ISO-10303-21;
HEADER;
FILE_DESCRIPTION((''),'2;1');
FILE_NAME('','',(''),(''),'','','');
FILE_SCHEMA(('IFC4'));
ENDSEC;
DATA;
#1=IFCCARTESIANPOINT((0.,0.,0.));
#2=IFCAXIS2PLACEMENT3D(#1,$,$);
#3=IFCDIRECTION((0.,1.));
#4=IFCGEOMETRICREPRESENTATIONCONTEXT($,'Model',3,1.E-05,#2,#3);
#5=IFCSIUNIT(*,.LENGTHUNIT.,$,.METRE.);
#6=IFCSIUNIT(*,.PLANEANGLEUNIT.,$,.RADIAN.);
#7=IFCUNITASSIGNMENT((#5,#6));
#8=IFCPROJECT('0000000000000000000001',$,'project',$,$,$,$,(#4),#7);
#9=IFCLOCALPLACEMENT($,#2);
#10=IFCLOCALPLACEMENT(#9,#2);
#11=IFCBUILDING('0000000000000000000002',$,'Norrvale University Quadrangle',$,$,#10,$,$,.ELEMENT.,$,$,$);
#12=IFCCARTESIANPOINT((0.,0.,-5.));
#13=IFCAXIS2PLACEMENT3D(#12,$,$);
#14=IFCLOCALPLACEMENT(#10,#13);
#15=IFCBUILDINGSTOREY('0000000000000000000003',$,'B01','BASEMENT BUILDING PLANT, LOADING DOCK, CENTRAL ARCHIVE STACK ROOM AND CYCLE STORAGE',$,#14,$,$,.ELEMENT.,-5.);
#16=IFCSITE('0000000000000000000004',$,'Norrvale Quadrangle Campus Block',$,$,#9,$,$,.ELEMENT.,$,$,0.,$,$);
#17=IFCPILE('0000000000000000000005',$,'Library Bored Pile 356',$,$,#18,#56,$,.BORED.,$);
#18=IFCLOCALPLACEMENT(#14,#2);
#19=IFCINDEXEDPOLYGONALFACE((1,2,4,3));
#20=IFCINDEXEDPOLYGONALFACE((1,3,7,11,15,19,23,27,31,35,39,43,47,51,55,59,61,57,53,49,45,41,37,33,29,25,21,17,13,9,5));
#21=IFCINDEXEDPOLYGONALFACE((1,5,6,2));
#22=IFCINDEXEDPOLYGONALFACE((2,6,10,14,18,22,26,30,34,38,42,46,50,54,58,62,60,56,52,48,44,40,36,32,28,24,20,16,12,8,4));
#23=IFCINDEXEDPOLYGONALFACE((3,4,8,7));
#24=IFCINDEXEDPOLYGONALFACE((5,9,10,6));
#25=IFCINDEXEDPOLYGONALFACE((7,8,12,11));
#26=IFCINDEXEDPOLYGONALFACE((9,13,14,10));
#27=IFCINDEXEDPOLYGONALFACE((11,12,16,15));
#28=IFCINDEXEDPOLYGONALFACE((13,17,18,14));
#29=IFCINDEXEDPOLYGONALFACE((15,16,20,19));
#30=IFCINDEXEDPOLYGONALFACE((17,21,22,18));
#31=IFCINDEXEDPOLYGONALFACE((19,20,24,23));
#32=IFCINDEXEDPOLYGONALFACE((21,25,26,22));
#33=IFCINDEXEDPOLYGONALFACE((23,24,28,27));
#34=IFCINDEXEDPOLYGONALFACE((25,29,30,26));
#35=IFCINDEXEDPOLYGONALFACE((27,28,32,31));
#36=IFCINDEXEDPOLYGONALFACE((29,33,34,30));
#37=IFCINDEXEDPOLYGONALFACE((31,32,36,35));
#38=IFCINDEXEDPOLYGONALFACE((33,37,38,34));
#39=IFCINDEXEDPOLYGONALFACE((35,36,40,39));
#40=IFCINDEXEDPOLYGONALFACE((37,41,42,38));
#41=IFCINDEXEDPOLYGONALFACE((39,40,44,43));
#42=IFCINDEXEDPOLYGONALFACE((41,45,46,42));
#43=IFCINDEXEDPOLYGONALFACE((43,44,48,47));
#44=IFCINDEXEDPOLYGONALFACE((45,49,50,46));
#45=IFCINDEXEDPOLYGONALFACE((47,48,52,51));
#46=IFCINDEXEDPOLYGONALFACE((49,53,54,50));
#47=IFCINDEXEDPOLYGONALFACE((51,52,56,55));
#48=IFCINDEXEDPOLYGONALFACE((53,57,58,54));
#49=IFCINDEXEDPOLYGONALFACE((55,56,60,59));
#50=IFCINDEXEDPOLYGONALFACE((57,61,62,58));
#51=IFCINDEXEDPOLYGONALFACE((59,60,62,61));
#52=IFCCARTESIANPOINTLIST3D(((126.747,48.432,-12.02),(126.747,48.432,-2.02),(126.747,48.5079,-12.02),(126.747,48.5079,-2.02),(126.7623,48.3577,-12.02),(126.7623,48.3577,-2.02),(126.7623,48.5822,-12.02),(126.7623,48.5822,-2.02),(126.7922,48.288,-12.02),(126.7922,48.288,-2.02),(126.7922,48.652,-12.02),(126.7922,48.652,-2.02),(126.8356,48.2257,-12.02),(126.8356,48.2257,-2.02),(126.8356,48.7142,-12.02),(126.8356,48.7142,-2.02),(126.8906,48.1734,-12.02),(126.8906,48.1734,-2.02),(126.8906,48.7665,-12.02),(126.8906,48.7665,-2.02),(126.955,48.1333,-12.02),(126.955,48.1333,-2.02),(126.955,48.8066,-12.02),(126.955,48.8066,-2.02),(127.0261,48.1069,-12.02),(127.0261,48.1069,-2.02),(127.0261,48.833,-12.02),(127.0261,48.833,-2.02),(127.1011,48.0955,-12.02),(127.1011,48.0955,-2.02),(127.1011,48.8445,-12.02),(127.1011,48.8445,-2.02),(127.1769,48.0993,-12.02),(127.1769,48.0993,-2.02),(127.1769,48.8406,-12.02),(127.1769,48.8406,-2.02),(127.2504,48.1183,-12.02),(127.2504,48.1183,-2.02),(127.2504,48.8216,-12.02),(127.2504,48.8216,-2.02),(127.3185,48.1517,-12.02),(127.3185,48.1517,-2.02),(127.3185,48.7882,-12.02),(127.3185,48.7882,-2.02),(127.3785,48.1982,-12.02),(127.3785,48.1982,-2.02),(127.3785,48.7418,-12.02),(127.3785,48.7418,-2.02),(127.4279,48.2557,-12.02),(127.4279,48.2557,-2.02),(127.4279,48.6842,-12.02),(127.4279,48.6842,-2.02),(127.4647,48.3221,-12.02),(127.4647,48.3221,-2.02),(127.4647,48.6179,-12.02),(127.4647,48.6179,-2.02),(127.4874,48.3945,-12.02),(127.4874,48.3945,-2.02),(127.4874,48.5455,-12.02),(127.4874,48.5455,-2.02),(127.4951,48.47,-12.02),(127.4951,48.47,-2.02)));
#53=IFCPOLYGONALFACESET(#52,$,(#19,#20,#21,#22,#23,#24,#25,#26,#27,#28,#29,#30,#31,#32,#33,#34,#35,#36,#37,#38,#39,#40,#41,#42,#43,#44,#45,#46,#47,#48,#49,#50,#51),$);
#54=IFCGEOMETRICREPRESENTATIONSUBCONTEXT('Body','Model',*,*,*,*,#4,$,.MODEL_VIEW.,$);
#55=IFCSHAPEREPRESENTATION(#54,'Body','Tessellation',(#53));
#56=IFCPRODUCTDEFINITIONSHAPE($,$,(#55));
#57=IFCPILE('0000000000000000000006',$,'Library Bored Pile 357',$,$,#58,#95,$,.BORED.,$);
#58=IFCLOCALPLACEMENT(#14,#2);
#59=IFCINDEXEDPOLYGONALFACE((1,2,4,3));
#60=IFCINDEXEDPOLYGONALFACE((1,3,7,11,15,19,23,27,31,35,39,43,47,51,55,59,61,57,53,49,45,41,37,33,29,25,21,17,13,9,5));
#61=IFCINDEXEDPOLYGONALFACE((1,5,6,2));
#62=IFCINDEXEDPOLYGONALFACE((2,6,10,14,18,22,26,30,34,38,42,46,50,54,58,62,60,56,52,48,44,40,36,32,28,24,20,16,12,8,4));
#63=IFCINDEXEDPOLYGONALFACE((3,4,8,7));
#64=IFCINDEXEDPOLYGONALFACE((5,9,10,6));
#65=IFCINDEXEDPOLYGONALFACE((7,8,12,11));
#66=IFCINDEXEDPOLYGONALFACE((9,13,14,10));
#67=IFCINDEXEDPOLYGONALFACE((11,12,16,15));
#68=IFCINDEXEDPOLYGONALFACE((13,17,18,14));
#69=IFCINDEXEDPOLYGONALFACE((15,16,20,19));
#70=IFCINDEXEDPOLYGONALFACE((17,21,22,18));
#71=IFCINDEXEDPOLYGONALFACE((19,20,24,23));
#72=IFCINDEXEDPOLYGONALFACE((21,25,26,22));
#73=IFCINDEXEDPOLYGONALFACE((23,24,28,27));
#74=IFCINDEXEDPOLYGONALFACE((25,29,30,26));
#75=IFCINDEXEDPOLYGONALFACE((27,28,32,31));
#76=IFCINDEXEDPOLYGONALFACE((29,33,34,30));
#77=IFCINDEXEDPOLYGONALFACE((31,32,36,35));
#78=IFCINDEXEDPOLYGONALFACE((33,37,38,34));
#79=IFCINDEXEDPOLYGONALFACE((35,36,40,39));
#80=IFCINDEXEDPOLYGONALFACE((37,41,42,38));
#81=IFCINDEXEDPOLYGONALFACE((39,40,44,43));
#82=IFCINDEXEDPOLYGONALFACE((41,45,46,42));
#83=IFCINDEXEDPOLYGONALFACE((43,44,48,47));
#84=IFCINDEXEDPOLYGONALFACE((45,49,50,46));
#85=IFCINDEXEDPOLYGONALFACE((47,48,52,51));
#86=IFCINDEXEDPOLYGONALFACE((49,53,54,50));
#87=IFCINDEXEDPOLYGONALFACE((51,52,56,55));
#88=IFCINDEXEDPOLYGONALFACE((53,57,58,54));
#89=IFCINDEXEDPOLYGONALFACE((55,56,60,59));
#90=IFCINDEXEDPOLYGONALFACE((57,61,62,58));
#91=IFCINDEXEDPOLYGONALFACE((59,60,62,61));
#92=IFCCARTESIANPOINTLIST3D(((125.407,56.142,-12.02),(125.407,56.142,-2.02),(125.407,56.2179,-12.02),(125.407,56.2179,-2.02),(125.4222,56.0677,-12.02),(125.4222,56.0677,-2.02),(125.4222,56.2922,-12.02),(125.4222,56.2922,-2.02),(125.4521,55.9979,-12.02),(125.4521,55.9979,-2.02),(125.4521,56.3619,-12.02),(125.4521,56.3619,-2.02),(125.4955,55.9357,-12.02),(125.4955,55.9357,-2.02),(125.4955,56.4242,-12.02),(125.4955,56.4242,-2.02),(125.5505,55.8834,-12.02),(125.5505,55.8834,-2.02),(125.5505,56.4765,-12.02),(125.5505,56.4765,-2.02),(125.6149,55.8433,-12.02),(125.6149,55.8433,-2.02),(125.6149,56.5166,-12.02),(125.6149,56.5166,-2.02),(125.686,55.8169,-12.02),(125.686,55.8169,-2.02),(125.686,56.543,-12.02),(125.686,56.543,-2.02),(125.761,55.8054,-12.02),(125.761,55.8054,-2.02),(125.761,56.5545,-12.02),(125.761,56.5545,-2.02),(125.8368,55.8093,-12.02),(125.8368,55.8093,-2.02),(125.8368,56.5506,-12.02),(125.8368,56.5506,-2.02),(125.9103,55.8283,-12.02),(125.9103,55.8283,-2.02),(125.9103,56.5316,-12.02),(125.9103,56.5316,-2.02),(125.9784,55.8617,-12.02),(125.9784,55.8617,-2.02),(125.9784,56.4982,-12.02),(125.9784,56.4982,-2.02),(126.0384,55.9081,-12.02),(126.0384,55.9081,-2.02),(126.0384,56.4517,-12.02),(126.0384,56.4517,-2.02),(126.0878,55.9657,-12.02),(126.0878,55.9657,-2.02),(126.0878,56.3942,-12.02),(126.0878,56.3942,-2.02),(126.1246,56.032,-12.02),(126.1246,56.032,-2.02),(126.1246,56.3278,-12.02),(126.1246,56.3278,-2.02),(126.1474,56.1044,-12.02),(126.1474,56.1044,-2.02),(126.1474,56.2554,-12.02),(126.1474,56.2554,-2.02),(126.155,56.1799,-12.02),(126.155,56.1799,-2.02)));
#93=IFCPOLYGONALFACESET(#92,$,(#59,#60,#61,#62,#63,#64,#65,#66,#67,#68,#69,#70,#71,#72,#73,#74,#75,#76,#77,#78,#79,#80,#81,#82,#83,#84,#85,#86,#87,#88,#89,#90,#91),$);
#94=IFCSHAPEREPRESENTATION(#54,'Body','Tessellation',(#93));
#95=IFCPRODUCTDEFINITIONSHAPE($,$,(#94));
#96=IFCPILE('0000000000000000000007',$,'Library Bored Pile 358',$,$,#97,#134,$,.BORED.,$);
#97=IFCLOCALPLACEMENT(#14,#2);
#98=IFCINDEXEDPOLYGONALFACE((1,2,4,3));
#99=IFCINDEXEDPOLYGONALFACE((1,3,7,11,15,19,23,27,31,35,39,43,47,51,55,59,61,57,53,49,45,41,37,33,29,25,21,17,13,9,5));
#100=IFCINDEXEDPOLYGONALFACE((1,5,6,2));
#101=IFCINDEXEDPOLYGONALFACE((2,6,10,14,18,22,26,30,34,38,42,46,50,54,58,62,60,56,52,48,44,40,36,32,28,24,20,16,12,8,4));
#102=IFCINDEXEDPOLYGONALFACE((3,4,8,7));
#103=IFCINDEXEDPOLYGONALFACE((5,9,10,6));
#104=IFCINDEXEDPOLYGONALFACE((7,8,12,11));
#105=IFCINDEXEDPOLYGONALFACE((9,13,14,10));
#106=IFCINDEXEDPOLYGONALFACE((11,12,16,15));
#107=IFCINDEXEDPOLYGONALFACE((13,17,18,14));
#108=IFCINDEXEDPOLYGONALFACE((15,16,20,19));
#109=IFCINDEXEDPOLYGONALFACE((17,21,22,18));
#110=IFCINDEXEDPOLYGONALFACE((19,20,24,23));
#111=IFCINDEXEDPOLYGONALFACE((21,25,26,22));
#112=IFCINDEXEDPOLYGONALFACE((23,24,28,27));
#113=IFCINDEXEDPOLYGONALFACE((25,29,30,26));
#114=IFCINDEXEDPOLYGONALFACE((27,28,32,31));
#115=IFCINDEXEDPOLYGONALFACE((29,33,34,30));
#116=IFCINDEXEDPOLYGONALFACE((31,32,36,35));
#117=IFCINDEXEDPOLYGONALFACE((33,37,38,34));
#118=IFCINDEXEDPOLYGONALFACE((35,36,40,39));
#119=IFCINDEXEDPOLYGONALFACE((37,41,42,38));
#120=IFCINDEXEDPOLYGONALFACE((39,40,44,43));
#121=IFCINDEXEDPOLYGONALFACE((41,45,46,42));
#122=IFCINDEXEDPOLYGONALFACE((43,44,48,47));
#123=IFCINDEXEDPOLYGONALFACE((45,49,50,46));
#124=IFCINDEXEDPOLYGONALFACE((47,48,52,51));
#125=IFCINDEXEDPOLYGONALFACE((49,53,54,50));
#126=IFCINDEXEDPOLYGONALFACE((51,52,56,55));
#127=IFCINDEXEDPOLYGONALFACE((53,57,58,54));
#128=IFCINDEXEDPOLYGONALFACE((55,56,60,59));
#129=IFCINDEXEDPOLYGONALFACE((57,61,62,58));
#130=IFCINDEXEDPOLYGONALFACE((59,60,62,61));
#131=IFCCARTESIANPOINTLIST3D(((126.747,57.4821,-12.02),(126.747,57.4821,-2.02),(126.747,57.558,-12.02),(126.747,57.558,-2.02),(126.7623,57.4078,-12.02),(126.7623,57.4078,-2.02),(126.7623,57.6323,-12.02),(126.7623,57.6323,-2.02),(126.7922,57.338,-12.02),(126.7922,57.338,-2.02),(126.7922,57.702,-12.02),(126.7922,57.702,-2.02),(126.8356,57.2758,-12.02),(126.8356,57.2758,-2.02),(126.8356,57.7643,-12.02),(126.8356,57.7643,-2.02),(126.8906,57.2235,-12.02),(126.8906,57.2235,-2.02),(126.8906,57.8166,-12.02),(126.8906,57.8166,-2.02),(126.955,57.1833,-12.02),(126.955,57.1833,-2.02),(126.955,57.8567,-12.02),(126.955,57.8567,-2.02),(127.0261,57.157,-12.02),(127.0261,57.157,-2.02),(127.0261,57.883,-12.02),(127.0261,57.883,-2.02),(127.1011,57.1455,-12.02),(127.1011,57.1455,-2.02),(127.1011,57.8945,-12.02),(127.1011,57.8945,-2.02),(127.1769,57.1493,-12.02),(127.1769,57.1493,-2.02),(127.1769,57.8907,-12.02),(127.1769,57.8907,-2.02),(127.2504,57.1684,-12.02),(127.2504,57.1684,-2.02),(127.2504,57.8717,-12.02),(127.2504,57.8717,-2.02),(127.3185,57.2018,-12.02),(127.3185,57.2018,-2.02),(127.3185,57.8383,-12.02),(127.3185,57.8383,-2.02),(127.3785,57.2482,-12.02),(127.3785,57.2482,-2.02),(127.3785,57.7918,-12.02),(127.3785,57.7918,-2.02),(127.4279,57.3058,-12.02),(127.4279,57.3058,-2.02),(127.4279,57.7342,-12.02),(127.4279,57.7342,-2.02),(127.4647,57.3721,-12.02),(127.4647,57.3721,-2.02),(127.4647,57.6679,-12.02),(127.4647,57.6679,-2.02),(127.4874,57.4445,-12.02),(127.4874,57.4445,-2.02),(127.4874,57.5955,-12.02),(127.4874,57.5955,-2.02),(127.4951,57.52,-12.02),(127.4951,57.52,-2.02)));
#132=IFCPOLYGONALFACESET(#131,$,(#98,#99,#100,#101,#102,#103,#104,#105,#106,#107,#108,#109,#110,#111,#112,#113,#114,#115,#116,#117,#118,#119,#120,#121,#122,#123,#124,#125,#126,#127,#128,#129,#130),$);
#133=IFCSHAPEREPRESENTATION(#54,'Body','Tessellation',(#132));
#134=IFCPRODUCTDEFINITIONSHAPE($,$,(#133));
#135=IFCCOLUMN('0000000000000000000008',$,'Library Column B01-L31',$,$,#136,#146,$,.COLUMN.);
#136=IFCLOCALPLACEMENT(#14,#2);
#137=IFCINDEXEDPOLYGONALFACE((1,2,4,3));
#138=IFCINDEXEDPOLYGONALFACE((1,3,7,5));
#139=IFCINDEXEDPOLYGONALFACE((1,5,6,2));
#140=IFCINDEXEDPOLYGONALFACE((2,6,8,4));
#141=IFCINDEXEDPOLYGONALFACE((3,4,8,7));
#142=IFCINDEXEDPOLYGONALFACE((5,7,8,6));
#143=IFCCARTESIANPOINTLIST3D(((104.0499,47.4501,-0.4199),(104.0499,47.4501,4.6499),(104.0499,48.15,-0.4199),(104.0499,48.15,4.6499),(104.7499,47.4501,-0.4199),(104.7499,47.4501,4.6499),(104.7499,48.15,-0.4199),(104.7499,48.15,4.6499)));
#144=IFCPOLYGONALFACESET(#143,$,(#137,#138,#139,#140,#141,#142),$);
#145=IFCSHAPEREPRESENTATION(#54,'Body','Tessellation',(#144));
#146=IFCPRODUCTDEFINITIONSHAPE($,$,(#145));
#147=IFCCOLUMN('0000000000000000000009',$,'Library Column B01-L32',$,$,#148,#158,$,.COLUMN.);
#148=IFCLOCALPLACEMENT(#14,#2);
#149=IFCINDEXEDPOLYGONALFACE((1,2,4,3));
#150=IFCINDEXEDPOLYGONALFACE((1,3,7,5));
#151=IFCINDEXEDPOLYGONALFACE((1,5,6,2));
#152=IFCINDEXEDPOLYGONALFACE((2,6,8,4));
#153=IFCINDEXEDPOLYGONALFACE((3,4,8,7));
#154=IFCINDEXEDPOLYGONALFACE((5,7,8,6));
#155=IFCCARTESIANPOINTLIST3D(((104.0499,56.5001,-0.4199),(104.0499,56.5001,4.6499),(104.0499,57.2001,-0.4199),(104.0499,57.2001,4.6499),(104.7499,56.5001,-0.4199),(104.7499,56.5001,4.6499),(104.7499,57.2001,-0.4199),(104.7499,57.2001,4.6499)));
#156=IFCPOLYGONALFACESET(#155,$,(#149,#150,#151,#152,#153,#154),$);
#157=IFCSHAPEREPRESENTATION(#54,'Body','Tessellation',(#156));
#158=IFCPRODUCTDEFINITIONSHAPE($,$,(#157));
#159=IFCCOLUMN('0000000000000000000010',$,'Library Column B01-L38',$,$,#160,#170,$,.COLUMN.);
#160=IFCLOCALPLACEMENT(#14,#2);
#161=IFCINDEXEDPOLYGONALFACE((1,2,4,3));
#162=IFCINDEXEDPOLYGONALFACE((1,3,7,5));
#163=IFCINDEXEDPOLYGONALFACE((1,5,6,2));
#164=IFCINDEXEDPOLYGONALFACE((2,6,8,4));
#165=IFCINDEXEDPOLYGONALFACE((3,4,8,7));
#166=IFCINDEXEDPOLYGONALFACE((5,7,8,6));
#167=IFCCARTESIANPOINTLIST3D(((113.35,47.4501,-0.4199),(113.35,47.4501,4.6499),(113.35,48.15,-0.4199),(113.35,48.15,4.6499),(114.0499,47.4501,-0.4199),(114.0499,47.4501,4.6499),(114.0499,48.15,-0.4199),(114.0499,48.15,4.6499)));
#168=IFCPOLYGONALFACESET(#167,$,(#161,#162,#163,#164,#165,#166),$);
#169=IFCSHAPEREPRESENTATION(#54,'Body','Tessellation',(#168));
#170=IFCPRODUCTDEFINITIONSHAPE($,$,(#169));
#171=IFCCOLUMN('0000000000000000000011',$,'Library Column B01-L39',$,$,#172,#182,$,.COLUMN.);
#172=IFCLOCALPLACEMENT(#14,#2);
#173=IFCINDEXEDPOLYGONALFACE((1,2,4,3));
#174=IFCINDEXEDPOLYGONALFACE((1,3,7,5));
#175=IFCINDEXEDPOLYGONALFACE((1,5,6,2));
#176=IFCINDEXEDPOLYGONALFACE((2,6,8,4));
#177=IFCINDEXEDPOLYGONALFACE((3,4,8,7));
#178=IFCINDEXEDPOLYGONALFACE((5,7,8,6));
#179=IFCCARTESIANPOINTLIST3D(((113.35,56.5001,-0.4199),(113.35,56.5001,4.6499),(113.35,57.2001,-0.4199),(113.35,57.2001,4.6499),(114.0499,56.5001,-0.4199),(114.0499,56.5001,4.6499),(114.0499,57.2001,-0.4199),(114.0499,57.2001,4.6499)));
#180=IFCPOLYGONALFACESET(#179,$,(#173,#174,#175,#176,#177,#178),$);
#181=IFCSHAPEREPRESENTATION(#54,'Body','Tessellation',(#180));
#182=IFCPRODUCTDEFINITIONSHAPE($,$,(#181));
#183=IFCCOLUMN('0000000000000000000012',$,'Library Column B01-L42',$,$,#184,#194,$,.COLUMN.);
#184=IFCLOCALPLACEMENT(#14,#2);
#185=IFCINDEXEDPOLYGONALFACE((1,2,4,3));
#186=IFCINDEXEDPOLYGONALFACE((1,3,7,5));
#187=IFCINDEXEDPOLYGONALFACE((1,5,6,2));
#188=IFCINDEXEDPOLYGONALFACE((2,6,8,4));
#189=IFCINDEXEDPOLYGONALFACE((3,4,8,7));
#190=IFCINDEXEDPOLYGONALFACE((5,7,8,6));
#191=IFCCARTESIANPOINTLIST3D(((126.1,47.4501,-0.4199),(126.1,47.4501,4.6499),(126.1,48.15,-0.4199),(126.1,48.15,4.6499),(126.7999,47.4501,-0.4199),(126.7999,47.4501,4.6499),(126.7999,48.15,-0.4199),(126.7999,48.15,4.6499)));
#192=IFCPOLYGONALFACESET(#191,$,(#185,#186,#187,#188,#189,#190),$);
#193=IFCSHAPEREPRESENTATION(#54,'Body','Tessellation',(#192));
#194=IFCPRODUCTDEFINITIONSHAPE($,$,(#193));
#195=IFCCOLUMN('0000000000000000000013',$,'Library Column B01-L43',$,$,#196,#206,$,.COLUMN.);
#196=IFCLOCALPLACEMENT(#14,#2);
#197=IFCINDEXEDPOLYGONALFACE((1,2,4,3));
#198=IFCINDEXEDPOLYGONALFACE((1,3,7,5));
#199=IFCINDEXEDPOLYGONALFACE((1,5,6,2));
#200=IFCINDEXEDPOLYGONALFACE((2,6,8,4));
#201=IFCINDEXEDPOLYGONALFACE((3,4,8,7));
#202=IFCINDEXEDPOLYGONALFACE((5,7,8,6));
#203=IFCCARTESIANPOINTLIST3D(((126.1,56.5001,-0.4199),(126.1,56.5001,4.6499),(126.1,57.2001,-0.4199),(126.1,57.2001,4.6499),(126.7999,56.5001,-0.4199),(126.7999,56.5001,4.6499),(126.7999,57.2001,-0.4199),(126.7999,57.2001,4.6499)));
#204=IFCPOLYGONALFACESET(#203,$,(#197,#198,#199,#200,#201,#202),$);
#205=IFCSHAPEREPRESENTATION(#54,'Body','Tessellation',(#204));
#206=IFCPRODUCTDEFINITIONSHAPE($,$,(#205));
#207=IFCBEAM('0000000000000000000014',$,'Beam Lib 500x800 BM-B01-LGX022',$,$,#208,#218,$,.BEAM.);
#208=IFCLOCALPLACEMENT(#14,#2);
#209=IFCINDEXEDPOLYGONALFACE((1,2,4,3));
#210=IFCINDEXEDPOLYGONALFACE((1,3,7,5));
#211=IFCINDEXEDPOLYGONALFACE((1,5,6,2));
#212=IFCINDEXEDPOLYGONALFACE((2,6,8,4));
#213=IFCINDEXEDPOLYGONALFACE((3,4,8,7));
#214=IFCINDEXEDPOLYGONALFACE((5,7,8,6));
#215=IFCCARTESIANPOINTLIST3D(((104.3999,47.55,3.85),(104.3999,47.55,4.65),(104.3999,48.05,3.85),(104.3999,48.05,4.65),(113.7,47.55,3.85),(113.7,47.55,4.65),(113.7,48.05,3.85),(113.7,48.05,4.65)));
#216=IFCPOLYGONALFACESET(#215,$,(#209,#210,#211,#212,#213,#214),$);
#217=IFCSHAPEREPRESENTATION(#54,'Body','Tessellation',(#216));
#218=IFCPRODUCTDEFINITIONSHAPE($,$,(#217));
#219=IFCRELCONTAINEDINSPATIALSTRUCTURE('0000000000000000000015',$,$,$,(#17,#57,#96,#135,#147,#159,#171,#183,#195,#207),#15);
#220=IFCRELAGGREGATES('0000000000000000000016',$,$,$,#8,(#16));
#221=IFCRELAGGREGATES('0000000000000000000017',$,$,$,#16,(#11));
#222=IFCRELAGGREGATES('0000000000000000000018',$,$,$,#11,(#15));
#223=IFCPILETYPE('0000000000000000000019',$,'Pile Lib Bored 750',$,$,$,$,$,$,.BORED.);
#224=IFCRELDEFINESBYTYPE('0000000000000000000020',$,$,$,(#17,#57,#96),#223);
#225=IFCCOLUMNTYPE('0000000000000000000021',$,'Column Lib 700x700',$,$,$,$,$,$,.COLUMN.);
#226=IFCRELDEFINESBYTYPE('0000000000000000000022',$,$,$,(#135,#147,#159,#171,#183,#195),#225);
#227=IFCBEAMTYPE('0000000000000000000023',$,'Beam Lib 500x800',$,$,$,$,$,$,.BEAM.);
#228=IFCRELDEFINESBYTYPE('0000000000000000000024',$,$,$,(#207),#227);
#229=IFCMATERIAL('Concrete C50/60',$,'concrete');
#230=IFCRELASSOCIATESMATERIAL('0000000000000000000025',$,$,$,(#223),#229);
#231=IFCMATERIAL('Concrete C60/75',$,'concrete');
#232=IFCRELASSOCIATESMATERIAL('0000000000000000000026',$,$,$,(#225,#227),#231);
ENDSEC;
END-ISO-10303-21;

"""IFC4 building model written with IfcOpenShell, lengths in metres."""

from ifc_helpers import new_model, si_unit, direction, frame, origin, origin_2d, place, context, subcontext, project, spatial, rectangle, circle, extrude, material, material_profile, profile_set, type_object, element, save


model = new_model("IFC4")

# Units and contexts
model_context = context("Model", 3, precision=1e-05, world=origin(), true_north=direction((0.0, 1.0)))
body_context = subcontext(model_context, "Body", "Model", "MODEL_VIEW")
ifc_project = project(units=[si_unit("LENGTHUNIT", "METRE"), si_unit("PLANEANGLEUNIT", "RADIAN")], contexts=[model_context])

# Site, building, storey
site_placement = place(None, origin())
site = spatial("IfcSite", under=ifc_project, at=site_placement, Name="Norrvale Quadrangle Campus Block", CompositionType="ELEMENT", RefElevation=0.0)
building_placement = place(site_placement, origin())
building = spatial("IfcBuilding", under=site, at=building_placement, Name="Norrvale University Quadrangle", CompositionType="ELEMENT")
storey_placement = place(building_placement, frame((0.0, 0.0, -5.0)))
storey = spatial("IfcBuildingStorey", under=building, at=storey_placement, Name="B01", Description="BASEMENT BUILDING PLANT, LOADING DOCK, CENTRAL ARCHIVE STACK ROOM AND CYCLE STORAGE", CompositionType="ELEMENT", Elevation=-5.0)

# Shared definitions
ifc_material_1 = material(Name="Concrete C50/60", Category="concrete")

# Piles
ifc_material_profile_1 = material_profile(ifc_material_1, circle(Radius=0.375, at=origin_2d()), Name="Concrete C50/60")
ifc_profile_set_1 = profile_set([ifc_material_profile_1], Name="Concrete C50/60")
pile_type = type_object("IfcPileType", Name="Pile Lib Bored 750", PredefinedType="BORED", material=ifc_profile_set_1)
for number, where, z_axis, x_axis, name in (
    (1, (127.1201, 48.47, -2.02), (0.0, 0.0, -1.0), (1.0, 0.0, 0.0), "Library Bored Pile 356"),
    (2, (125.78, 56.1799, -2.02), (0.0, 0.0, -1.0), (1.0, 0.0, 0.0), "Library Bored Pile 357"),
    (3, (127.1201, 57.52, -2.02), (0.0, 0.0, -1.0), (1.0, 0.0, 0.0), "Library Bored Pile 358"),
):
    element("IfcPile", number, at=place(storey_placement, frame(where, z_axis=z_axis, x_axis=x_axis)), inside=storey, type_object=pile_type, Name=name, PredefinedType="BORED", context=body_context, shape_type="SweptSolid", body=[
        extrude(circle(Radius=0.375, at=origin_2d()), origin(), (0.0, 0.0, 1.0), 10.0),
    ])

# Columns
ifc_material_2 = material(Name="Concrete C60/75", Category="concrete")
ifc_material_profile_2 = material_profile(ifc_material_2, rectangle(XDim=0.7, YDim=0.7, at=origin_2d()), Name="Concrete C60/75")
ifc_profile_set_2 = profile_set([ifc_material_profile_2], Name="Concrete C60/75")
column_type = type_object("IfcColumnType", Name="Column Lib 700x700", PredefinedType="COLUMN", material=ifc_profile_set_2)
for number, where, z_axis, x_axis, name in (
    (4, (104.3999, 47.8, -0.4199), (0.0, 0.0, 1.0), (1.0, 0.0, 0.0), "Library Column B01-L31"),
    (5, (104.3999, 56.8501, -0.4199), (0.0, 0.0, 1.0), (1.0, 0.0, 0.0), "Library Column B01-L32"),
    (6, (113.7, 47.8, -0.4199), (0.0, 0.0, 1.0), (1.0, 0.0, 0.0), "Library Column B01-L38"),
    (7, (113.7, 56.8501, -0.4199), (0.0, 0.0, 1.0), (1.0, 0.0, 0.0), "Library Column B01-L39"),
    (8, (126.45, 47.8, -0.4199), (0.0, 0.0, 1.0), (1.0, 0.0, 0.0), "Library Column B01-L42"),
    (9, (126.45, 56.8501, -0.4199), (0.0, 0.0, 1.0), (1.0, 0.0, 0.0), "Library Column B01-L43"),
):
    element("IfcColumn", number, at=place(storey_placement, frame(where, z_axis=z_axis, x_axis=x_axis)), inside=storey, type_object=column_type, Name=name, PredefinedType="COLUMN", context=body_context, shape_type="SweptSolid", body=[
        extrude(rectangle(XDim=0.7, YDim=0.7, at=origin_2d()), origin(), (0.0, 0.0, 1.0), 5.0698),
    ])

# Beam
ifc_material_profile_3 = material_profile(ifc_material_2, rectangle(XDim=0.5, YDim=0.8, at=origin_2d()), Name="Concrete C60/75")
ifc_profile_set_3 = profile_set([ifc_material_profile_3], Name="Concrete C60/75")
beam_type = type_object("IfcBeamType", Name="Beam Lib 500x800", PredefinedType="BEAM", material=ifc_profile_set_3)
beam_1_placement = place(storey_placement, frame((104.3999, 47.8, 4.25), z_axis=(1.0, 0.0, 0.0), x_axis=(0.0, 1.0, 0.0)))
element("IfcBeam", 10, at=beam_1_placement, inside=storey, type_object=beam_type, Name="Beam Lib 500x800 BM-B01-LGX022", PredefinedType="BEAM", context=body_context, shape_type="SweptSolid", body=[
    extrude(rectangle(XDim=0.5, YDim=0.8, at=origin_2d()), origin(), (0.0, 0.0, 1.0), 9.3),
])

save(model, "model.ifc")
